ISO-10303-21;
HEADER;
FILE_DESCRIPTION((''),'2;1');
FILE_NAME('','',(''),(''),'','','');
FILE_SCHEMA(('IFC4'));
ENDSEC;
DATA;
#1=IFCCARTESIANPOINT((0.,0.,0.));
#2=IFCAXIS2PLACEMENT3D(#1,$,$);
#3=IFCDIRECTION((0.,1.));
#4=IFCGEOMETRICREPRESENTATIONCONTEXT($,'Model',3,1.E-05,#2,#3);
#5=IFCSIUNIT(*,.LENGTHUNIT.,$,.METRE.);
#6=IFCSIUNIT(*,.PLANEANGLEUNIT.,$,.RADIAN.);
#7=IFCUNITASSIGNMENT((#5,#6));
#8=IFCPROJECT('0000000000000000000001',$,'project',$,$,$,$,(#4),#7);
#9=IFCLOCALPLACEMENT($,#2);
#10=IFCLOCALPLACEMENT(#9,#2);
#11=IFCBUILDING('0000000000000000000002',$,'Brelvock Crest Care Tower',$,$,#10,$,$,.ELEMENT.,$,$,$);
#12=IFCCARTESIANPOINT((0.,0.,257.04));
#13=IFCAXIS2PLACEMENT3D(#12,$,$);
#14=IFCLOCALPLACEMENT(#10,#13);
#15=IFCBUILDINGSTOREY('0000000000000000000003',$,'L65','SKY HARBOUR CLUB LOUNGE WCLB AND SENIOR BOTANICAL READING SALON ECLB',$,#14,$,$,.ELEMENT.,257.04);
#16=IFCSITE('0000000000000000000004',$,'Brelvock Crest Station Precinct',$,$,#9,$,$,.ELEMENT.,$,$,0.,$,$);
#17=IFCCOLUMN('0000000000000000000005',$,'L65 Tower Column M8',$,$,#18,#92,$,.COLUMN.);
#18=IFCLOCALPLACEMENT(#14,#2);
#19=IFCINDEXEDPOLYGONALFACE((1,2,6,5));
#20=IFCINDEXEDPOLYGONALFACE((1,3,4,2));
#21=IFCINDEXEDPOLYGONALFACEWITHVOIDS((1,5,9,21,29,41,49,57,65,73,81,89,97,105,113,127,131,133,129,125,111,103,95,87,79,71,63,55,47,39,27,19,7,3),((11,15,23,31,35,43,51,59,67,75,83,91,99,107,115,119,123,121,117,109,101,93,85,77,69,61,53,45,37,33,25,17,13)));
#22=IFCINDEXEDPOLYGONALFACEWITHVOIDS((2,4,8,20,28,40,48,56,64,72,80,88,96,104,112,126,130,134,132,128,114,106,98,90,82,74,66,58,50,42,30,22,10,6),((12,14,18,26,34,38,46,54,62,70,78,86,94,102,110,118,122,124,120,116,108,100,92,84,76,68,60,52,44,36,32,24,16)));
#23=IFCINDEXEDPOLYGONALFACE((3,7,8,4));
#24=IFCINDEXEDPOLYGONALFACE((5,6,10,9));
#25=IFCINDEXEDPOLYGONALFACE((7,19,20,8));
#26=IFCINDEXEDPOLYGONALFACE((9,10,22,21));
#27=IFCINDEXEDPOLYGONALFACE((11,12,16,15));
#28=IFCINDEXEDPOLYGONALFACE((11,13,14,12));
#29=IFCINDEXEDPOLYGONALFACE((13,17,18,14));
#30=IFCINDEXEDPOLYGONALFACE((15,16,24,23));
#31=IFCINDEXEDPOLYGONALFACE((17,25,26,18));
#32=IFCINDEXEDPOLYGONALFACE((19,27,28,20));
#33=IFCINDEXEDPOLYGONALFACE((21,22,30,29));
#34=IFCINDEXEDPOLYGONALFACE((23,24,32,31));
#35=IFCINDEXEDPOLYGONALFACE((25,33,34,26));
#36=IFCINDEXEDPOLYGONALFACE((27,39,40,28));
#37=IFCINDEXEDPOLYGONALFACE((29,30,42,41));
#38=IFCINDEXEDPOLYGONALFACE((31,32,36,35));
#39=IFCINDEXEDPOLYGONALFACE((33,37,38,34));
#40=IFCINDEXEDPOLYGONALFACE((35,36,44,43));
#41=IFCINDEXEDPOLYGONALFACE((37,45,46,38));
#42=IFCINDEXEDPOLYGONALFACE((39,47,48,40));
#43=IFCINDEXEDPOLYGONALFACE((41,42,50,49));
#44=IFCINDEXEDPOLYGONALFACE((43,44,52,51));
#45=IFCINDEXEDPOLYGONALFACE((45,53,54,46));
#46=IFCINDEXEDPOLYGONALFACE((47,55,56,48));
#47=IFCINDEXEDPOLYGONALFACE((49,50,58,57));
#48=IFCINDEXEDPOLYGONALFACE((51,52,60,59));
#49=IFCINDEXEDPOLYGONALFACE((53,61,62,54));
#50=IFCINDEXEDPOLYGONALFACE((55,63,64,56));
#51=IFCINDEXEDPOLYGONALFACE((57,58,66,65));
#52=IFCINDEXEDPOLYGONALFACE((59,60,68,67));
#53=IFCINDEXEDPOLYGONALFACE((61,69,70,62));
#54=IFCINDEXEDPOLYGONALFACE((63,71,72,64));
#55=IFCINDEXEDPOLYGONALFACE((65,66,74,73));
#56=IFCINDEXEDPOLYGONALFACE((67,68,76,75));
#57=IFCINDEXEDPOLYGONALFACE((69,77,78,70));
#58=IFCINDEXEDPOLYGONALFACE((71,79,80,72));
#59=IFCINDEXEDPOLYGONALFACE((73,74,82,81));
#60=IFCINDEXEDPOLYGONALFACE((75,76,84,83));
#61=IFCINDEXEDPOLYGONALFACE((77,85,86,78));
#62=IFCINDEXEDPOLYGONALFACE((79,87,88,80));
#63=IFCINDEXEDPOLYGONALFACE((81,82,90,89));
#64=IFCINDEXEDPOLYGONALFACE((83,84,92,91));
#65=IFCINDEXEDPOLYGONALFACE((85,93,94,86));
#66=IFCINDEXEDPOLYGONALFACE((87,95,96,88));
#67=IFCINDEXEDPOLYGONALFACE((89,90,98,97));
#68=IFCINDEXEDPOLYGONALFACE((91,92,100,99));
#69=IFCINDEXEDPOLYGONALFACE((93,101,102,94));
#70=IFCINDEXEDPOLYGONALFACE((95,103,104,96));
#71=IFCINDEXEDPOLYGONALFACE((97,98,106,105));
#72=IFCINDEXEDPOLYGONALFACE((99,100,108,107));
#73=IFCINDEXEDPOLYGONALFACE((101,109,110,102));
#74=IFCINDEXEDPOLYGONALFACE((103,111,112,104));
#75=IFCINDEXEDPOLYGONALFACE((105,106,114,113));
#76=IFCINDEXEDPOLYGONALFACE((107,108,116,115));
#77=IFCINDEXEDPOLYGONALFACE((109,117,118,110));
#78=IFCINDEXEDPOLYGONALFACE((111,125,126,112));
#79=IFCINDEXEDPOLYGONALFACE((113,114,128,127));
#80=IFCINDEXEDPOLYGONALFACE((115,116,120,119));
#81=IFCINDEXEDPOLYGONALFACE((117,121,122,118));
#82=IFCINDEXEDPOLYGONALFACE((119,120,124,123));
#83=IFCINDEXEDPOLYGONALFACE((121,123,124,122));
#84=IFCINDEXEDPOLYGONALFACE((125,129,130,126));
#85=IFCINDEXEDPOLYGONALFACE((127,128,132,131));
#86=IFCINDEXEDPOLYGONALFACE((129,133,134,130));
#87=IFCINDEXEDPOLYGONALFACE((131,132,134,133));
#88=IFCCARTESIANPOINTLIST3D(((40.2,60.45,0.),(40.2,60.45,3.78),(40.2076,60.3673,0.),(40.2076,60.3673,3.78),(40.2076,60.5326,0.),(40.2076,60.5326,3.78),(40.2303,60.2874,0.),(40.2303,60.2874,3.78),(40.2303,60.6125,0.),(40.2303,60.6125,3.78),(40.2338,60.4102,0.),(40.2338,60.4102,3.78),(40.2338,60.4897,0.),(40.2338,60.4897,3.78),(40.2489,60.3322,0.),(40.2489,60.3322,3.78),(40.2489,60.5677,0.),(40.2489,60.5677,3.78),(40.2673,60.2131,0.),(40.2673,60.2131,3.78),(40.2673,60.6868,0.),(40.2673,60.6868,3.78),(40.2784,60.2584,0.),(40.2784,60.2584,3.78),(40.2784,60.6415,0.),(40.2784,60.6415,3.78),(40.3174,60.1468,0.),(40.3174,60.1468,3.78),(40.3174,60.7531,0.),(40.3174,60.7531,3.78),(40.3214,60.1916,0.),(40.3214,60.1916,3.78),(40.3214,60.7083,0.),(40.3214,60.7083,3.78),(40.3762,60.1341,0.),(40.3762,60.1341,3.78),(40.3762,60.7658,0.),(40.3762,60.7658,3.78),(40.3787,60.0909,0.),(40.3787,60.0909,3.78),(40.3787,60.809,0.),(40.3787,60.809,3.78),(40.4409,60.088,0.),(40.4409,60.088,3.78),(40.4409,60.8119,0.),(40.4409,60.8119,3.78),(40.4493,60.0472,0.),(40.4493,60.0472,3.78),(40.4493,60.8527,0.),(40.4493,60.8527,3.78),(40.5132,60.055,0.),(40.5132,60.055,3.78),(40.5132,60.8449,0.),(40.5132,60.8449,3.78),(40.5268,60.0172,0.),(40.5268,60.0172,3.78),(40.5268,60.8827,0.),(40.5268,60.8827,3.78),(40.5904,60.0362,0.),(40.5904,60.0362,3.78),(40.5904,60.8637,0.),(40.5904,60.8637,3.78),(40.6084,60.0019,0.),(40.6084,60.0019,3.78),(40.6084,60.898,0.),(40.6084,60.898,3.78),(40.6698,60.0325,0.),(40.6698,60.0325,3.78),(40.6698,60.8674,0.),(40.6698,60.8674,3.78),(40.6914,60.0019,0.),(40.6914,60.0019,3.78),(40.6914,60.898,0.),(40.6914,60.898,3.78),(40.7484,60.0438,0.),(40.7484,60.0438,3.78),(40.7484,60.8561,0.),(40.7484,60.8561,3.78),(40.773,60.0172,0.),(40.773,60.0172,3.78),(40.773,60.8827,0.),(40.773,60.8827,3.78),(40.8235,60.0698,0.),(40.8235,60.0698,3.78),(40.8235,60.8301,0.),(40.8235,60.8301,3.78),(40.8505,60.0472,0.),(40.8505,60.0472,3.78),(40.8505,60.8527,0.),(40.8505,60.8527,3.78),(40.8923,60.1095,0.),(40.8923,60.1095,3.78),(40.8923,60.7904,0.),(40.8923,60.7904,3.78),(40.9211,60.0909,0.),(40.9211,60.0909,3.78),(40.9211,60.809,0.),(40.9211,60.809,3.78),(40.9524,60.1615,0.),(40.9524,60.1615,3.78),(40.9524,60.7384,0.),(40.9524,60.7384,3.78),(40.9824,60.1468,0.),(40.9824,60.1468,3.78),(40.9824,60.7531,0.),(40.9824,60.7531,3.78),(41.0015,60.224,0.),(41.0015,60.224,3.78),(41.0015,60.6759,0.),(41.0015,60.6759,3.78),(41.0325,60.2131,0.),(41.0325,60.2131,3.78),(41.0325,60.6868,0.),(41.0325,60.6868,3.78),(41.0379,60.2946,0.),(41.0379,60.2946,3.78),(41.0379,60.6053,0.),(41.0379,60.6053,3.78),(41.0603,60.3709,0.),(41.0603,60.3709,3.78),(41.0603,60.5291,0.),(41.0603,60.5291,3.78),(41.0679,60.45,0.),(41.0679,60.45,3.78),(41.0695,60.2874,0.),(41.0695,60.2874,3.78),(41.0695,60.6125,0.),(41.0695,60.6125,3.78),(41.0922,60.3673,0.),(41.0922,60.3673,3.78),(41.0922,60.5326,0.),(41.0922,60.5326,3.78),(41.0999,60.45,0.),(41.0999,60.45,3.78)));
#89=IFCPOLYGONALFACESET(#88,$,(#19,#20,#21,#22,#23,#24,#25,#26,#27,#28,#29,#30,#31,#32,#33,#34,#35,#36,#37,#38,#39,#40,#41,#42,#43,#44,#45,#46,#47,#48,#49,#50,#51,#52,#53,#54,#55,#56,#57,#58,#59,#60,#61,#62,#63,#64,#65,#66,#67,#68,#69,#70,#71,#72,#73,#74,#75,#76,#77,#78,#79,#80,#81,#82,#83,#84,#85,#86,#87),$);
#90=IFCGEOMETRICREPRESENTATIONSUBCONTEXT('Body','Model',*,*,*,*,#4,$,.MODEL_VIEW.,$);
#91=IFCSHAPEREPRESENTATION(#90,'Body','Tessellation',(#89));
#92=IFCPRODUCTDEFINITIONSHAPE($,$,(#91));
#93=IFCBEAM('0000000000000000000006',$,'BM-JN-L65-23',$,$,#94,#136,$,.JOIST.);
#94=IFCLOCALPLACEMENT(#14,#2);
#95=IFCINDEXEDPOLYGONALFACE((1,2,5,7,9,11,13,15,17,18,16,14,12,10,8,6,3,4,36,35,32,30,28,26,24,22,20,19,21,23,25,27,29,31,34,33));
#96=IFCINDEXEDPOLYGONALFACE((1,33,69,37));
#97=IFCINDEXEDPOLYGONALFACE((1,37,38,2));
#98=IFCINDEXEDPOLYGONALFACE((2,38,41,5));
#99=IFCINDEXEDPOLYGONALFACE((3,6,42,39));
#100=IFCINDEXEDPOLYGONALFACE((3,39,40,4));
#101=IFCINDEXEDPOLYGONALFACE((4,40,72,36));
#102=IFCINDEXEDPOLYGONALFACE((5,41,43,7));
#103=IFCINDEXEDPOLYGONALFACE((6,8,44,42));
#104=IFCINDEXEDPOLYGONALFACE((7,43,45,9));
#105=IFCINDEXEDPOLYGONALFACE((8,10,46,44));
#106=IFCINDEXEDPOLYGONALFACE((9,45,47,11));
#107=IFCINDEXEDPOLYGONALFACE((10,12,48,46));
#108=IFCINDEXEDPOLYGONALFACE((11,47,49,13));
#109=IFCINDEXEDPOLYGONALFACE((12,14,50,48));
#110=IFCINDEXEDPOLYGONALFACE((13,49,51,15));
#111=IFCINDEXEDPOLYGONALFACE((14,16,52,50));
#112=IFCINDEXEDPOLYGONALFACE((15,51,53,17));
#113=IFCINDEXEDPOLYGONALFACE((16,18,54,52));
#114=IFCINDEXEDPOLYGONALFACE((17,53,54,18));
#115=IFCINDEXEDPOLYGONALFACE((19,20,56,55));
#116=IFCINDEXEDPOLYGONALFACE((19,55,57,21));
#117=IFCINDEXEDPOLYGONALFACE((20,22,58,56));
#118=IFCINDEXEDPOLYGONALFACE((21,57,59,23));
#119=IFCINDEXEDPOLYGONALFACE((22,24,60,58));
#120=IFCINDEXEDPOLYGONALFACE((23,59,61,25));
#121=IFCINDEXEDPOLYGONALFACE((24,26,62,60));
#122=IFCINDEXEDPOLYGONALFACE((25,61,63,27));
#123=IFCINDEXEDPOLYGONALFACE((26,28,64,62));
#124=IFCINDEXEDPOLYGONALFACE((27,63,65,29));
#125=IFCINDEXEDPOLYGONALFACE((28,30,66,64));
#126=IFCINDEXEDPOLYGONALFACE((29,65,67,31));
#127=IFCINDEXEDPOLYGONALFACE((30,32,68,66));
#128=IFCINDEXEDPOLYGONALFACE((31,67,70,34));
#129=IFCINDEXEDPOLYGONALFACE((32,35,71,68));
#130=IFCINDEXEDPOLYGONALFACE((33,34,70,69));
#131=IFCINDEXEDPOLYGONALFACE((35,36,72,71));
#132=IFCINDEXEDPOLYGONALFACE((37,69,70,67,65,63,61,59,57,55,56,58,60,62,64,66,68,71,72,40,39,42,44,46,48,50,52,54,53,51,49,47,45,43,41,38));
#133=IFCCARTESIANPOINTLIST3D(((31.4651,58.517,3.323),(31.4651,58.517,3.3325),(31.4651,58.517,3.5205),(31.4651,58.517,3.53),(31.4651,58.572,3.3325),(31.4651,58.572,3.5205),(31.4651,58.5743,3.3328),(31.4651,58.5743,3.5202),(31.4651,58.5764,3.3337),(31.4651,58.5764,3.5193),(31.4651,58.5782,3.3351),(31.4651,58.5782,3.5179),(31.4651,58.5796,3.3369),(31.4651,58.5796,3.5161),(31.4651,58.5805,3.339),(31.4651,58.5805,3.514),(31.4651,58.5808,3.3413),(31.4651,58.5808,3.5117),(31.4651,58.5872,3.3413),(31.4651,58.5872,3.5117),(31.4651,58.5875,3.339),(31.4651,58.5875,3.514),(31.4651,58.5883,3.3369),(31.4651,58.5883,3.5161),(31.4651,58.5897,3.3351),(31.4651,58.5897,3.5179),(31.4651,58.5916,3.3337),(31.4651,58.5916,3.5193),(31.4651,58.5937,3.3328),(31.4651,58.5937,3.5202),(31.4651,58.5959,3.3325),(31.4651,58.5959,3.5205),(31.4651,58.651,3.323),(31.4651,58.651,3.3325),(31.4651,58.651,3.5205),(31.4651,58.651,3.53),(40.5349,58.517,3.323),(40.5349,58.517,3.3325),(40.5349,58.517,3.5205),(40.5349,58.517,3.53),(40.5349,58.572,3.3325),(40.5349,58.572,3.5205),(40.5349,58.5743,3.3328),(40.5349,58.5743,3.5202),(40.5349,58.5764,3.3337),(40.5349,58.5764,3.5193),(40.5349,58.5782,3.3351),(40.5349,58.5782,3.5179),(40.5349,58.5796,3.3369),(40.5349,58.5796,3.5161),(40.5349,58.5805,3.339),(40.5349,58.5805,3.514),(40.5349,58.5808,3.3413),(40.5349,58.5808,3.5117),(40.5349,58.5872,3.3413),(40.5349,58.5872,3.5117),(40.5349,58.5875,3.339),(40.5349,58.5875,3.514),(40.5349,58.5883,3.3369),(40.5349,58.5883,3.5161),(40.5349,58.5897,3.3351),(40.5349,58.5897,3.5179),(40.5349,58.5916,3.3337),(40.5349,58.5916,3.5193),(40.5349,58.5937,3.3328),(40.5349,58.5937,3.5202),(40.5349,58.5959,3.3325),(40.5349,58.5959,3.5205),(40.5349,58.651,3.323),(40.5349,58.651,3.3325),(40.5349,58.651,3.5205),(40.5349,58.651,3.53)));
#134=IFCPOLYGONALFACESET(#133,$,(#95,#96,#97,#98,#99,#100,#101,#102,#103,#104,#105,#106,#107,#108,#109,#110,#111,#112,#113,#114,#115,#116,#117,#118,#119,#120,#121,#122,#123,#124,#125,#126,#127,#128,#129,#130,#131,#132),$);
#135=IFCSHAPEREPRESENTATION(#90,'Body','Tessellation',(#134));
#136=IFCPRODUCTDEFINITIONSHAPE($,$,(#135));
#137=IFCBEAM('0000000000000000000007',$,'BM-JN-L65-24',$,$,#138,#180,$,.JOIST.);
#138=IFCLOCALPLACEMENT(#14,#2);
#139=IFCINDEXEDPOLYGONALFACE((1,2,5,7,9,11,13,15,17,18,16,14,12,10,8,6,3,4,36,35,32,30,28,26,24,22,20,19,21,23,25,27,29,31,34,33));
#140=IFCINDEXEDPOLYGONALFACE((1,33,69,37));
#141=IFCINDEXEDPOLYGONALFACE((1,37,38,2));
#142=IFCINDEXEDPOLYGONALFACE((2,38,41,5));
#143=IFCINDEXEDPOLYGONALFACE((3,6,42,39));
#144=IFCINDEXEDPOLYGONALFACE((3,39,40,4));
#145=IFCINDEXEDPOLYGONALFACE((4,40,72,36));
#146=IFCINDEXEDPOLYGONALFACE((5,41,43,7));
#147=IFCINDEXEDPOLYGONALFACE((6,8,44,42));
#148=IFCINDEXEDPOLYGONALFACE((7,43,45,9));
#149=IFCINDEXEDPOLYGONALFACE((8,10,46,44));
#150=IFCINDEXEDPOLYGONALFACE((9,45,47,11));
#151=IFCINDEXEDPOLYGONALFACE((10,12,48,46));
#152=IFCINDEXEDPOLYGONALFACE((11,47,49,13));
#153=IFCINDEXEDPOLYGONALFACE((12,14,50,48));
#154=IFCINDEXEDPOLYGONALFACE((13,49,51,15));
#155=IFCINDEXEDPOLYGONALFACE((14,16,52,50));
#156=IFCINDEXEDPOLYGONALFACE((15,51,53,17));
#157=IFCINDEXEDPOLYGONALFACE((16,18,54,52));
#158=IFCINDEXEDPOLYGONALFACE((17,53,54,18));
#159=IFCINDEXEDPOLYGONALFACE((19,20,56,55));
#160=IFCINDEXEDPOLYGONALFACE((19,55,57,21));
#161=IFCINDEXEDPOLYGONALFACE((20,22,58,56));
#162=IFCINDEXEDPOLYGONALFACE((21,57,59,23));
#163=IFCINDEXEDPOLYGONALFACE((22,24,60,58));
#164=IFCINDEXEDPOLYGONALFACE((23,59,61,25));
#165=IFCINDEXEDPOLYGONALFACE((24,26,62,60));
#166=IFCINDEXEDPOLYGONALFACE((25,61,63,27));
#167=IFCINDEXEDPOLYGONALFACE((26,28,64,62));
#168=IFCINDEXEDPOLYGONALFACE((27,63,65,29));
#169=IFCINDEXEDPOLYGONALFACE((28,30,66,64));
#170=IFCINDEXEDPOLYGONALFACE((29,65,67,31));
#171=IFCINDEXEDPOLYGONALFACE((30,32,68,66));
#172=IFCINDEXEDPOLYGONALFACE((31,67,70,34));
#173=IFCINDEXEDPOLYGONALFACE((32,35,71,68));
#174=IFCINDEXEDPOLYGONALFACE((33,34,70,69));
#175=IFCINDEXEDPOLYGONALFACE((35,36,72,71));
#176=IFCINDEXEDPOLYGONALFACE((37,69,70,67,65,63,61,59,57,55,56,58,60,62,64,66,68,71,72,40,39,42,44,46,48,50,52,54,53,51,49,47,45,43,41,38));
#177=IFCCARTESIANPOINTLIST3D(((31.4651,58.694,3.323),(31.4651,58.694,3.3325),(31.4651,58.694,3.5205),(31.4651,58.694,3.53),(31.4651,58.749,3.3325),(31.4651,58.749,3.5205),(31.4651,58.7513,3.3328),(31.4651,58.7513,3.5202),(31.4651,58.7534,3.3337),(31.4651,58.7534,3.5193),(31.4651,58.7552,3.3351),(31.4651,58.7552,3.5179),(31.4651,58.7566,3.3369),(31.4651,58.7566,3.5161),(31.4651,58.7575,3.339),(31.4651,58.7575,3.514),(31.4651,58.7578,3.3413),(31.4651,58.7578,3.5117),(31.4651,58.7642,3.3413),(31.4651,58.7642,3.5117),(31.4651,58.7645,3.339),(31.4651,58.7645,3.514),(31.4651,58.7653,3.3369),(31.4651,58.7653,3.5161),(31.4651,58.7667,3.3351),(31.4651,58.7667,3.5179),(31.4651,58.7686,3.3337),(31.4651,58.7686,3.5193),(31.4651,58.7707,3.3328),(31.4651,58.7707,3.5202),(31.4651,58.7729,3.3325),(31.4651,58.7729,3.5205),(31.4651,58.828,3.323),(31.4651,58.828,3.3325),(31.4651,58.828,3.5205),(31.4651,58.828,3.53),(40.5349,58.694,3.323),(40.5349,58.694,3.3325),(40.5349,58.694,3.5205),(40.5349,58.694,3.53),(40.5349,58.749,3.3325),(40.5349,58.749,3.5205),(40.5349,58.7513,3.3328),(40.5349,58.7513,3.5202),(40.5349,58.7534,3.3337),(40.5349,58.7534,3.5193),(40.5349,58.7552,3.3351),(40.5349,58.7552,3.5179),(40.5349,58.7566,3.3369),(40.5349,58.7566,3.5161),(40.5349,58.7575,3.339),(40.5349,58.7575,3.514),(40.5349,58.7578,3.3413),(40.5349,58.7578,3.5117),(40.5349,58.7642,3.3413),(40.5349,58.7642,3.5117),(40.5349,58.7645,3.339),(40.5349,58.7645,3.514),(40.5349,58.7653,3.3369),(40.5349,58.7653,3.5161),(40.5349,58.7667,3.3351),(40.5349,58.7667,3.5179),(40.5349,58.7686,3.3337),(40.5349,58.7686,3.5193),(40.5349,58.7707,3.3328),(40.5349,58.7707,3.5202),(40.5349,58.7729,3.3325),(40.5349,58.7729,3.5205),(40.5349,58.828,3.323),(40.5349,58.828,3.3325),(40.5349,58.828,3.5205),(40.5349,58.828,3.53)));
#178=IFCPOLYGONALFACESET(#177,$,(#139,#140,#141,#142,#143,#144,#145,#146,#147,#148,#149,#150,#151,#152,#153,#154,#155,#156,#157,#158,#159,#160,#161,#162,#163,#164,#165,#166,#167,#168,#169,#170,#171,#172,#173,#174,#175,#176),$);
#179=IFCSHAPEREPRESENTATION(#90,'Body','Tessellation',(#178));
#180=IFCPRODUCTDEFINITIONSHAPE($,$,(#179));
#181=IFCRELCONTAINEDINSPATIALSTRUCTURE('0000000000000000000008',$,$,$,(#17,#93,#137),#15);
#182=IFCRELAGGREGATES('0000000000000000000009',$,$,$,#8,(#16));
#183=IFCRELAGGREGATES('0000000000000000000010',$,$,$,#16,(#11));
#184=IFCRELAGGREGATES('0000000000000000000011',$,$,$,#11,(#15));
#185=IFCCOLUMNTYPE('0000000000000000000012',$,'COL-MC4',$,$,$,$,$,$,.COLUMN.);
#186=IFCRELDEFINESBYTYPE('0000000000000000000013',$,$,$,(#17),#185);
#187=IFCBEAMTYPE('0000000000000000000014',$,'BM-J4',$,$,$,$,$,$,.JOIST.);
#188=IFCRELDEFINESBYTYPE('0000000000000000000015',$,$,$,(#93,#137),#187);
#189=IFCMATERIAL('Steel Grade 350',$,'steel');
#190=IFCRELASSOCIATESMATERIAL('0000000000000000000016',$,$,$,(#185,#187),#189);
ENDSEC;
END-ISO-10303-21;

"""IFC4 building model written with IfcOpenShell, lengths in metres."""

from ifc_helpers import new_model, si_unit, direction, frame, origin, origin_2d, place, context, subcontext, project, spatial, hollow_circle, i_section, extrude, source, transform, mapped, material, material_profile, profile_set, type_object, element, save


model = new_model("IFC4")

# Units and contexts
model_context = context("Model", 3, precision=1e-05, world=origin(), true_north=direction((0.0, 1.0)))
body_context = subcontext(model_context, "Body", "Model", "MODEL_VIEW")
ifc_project = project(units=[si_unit("LENGTHUNIT", "METRE"), si_unit("PLANEANGLEUNIT", "RADIAN")], contexts=[model_context])

# Site, building, storey
site_placement = place(None, origin())
site = spatial("IfcSite", under=ifc_project, at=site_placement, Name="Brelvock Crest Station Precinct", CompositionType="ELEMENT", RefElevation=0.0)
building_placement = place(site_placement, origin())
building = spatial("IfcBuilding", under=site, at=building_placement, Name="Brelvock Crest Care Tower", CompositionType="ELEMENT")
storey_placement = place(building_placement, frame((0.0, 0.0, 257.04)))
storey = spatial("IfcBuildingStorey", under=building, at=storey_placement, Name="L65", Description="SKY HARBOUR CLUB LOUNGE WCLB AND SENIOR BOTANICAL READING SALON ECLB", CompositionType="ELEMENT", Elevation=257.04)

# Column
ifc_material_1 = material(Name="Steel Grade 350", Category="steel")
ifc_material_profile_1 = material_profile(ifc_material_1, hollow_circle(Radius=0.45, WallThickness=0.032, at=origin_2d()), Name="CFT900x32")
ifc_profile_set_1 = profile_set([ifc_material_profile_1], Name="Steel Grade 350")
column_type = type_object("IfcColumnType", Name="COL-MC4", PredefinedType="COLUMN", material=ifc_profile_set_1)
shared_shape_1 = source(origin(), body_context, "Body", "SweptSolid", [
    extrude(hollow_circle(Radius=0.45, WallThickness=0.032, at=origin_2d()), origin(), (0.0, 0.0, 1.0), 3.78),
])
column_placement = place(storey_placement, frame((40.6499, 60.45, 0.0), z_axis=(0.0, 0.0, 1.0), x_axis=(1.0, 0.0, 0.0)))
element("IfcColumn", 1, at=column_placement, inside=storey, type_object=column_type, Name="L65 Tower Column M8", PredefinedType="COLUMN", context=body_context, shape_type="MappedRepresentation", body=[
    mapped(shared_shape_1, transform((0.0, 0.0, 0.0), x_axis=(1.0, 0.0, 0.0), y_axis=(0.0, 1.0, 0.0), z_axis=(0.0, 0.0, 1.0), scale=1.0)),
])

# Beams
ifc_material_profile_2 = material_profile(ifc_material_1, i_section(OverallWidth=0.134, OverallDepth=0.207, WebThickness=0.0063, FlangeThickness=0.0095, FilletRadius=0.0088, at=origin_2d()), Name="200UB29.8")
ifc_profile_set_2 = profile_set([ifc_material_profile_2], Name="Steel Grade 350")
beam_type_1 = type_object("IfcBeamType", Name="BM-J4", PredefinedType="JOIST", material=ifc_profile_set_2)
shared_shape_2 = source(origin(), body_context, "Body", "SweptSolid", [
    extrude(i_section(OverallWidth=0.134, OverallDepth=0.207, WebThickness=0.0063, FlangeThickness=0.0095, FilletRadius=0.0088, at=origin_2d()), origin(), (0.0, 0.0, 1.0), 9.0698),
])
for number, where, z_axis, x_axis, name in (
    (2, (31.4651, 58.584, 3.4265), (1.0, 0.0, 0.0), (0.0, 1.0, 0.0), "BM-JN-L65-23"),
    (3, (31.4651, 58.761, 3.4265), (1.0, 0.0, 0.0), (0.0, 1.0, 0.0), "BM-JN-L65-24"),
):
    element("IfcBeam", number, at=place(storey_placement, frame(where, z_axis=z_axis, x_axis=x_axis)), inside=storey, type_object=beam_type_1, Name=name, PredefinedType="JOIST", context=body_context, shape_type="MappedRepresentation", body=[
        mapped(shared_shape_2, transform((0.0, 0.0, 0.0), x_axis=(1.0, 0.0, 0.0), y_axis=(0.0, 1.0, 0.0), z_axis=(0.0, 0.0, 1.0), scale=1.0)),
    ])

save(model, "model.ifc")
